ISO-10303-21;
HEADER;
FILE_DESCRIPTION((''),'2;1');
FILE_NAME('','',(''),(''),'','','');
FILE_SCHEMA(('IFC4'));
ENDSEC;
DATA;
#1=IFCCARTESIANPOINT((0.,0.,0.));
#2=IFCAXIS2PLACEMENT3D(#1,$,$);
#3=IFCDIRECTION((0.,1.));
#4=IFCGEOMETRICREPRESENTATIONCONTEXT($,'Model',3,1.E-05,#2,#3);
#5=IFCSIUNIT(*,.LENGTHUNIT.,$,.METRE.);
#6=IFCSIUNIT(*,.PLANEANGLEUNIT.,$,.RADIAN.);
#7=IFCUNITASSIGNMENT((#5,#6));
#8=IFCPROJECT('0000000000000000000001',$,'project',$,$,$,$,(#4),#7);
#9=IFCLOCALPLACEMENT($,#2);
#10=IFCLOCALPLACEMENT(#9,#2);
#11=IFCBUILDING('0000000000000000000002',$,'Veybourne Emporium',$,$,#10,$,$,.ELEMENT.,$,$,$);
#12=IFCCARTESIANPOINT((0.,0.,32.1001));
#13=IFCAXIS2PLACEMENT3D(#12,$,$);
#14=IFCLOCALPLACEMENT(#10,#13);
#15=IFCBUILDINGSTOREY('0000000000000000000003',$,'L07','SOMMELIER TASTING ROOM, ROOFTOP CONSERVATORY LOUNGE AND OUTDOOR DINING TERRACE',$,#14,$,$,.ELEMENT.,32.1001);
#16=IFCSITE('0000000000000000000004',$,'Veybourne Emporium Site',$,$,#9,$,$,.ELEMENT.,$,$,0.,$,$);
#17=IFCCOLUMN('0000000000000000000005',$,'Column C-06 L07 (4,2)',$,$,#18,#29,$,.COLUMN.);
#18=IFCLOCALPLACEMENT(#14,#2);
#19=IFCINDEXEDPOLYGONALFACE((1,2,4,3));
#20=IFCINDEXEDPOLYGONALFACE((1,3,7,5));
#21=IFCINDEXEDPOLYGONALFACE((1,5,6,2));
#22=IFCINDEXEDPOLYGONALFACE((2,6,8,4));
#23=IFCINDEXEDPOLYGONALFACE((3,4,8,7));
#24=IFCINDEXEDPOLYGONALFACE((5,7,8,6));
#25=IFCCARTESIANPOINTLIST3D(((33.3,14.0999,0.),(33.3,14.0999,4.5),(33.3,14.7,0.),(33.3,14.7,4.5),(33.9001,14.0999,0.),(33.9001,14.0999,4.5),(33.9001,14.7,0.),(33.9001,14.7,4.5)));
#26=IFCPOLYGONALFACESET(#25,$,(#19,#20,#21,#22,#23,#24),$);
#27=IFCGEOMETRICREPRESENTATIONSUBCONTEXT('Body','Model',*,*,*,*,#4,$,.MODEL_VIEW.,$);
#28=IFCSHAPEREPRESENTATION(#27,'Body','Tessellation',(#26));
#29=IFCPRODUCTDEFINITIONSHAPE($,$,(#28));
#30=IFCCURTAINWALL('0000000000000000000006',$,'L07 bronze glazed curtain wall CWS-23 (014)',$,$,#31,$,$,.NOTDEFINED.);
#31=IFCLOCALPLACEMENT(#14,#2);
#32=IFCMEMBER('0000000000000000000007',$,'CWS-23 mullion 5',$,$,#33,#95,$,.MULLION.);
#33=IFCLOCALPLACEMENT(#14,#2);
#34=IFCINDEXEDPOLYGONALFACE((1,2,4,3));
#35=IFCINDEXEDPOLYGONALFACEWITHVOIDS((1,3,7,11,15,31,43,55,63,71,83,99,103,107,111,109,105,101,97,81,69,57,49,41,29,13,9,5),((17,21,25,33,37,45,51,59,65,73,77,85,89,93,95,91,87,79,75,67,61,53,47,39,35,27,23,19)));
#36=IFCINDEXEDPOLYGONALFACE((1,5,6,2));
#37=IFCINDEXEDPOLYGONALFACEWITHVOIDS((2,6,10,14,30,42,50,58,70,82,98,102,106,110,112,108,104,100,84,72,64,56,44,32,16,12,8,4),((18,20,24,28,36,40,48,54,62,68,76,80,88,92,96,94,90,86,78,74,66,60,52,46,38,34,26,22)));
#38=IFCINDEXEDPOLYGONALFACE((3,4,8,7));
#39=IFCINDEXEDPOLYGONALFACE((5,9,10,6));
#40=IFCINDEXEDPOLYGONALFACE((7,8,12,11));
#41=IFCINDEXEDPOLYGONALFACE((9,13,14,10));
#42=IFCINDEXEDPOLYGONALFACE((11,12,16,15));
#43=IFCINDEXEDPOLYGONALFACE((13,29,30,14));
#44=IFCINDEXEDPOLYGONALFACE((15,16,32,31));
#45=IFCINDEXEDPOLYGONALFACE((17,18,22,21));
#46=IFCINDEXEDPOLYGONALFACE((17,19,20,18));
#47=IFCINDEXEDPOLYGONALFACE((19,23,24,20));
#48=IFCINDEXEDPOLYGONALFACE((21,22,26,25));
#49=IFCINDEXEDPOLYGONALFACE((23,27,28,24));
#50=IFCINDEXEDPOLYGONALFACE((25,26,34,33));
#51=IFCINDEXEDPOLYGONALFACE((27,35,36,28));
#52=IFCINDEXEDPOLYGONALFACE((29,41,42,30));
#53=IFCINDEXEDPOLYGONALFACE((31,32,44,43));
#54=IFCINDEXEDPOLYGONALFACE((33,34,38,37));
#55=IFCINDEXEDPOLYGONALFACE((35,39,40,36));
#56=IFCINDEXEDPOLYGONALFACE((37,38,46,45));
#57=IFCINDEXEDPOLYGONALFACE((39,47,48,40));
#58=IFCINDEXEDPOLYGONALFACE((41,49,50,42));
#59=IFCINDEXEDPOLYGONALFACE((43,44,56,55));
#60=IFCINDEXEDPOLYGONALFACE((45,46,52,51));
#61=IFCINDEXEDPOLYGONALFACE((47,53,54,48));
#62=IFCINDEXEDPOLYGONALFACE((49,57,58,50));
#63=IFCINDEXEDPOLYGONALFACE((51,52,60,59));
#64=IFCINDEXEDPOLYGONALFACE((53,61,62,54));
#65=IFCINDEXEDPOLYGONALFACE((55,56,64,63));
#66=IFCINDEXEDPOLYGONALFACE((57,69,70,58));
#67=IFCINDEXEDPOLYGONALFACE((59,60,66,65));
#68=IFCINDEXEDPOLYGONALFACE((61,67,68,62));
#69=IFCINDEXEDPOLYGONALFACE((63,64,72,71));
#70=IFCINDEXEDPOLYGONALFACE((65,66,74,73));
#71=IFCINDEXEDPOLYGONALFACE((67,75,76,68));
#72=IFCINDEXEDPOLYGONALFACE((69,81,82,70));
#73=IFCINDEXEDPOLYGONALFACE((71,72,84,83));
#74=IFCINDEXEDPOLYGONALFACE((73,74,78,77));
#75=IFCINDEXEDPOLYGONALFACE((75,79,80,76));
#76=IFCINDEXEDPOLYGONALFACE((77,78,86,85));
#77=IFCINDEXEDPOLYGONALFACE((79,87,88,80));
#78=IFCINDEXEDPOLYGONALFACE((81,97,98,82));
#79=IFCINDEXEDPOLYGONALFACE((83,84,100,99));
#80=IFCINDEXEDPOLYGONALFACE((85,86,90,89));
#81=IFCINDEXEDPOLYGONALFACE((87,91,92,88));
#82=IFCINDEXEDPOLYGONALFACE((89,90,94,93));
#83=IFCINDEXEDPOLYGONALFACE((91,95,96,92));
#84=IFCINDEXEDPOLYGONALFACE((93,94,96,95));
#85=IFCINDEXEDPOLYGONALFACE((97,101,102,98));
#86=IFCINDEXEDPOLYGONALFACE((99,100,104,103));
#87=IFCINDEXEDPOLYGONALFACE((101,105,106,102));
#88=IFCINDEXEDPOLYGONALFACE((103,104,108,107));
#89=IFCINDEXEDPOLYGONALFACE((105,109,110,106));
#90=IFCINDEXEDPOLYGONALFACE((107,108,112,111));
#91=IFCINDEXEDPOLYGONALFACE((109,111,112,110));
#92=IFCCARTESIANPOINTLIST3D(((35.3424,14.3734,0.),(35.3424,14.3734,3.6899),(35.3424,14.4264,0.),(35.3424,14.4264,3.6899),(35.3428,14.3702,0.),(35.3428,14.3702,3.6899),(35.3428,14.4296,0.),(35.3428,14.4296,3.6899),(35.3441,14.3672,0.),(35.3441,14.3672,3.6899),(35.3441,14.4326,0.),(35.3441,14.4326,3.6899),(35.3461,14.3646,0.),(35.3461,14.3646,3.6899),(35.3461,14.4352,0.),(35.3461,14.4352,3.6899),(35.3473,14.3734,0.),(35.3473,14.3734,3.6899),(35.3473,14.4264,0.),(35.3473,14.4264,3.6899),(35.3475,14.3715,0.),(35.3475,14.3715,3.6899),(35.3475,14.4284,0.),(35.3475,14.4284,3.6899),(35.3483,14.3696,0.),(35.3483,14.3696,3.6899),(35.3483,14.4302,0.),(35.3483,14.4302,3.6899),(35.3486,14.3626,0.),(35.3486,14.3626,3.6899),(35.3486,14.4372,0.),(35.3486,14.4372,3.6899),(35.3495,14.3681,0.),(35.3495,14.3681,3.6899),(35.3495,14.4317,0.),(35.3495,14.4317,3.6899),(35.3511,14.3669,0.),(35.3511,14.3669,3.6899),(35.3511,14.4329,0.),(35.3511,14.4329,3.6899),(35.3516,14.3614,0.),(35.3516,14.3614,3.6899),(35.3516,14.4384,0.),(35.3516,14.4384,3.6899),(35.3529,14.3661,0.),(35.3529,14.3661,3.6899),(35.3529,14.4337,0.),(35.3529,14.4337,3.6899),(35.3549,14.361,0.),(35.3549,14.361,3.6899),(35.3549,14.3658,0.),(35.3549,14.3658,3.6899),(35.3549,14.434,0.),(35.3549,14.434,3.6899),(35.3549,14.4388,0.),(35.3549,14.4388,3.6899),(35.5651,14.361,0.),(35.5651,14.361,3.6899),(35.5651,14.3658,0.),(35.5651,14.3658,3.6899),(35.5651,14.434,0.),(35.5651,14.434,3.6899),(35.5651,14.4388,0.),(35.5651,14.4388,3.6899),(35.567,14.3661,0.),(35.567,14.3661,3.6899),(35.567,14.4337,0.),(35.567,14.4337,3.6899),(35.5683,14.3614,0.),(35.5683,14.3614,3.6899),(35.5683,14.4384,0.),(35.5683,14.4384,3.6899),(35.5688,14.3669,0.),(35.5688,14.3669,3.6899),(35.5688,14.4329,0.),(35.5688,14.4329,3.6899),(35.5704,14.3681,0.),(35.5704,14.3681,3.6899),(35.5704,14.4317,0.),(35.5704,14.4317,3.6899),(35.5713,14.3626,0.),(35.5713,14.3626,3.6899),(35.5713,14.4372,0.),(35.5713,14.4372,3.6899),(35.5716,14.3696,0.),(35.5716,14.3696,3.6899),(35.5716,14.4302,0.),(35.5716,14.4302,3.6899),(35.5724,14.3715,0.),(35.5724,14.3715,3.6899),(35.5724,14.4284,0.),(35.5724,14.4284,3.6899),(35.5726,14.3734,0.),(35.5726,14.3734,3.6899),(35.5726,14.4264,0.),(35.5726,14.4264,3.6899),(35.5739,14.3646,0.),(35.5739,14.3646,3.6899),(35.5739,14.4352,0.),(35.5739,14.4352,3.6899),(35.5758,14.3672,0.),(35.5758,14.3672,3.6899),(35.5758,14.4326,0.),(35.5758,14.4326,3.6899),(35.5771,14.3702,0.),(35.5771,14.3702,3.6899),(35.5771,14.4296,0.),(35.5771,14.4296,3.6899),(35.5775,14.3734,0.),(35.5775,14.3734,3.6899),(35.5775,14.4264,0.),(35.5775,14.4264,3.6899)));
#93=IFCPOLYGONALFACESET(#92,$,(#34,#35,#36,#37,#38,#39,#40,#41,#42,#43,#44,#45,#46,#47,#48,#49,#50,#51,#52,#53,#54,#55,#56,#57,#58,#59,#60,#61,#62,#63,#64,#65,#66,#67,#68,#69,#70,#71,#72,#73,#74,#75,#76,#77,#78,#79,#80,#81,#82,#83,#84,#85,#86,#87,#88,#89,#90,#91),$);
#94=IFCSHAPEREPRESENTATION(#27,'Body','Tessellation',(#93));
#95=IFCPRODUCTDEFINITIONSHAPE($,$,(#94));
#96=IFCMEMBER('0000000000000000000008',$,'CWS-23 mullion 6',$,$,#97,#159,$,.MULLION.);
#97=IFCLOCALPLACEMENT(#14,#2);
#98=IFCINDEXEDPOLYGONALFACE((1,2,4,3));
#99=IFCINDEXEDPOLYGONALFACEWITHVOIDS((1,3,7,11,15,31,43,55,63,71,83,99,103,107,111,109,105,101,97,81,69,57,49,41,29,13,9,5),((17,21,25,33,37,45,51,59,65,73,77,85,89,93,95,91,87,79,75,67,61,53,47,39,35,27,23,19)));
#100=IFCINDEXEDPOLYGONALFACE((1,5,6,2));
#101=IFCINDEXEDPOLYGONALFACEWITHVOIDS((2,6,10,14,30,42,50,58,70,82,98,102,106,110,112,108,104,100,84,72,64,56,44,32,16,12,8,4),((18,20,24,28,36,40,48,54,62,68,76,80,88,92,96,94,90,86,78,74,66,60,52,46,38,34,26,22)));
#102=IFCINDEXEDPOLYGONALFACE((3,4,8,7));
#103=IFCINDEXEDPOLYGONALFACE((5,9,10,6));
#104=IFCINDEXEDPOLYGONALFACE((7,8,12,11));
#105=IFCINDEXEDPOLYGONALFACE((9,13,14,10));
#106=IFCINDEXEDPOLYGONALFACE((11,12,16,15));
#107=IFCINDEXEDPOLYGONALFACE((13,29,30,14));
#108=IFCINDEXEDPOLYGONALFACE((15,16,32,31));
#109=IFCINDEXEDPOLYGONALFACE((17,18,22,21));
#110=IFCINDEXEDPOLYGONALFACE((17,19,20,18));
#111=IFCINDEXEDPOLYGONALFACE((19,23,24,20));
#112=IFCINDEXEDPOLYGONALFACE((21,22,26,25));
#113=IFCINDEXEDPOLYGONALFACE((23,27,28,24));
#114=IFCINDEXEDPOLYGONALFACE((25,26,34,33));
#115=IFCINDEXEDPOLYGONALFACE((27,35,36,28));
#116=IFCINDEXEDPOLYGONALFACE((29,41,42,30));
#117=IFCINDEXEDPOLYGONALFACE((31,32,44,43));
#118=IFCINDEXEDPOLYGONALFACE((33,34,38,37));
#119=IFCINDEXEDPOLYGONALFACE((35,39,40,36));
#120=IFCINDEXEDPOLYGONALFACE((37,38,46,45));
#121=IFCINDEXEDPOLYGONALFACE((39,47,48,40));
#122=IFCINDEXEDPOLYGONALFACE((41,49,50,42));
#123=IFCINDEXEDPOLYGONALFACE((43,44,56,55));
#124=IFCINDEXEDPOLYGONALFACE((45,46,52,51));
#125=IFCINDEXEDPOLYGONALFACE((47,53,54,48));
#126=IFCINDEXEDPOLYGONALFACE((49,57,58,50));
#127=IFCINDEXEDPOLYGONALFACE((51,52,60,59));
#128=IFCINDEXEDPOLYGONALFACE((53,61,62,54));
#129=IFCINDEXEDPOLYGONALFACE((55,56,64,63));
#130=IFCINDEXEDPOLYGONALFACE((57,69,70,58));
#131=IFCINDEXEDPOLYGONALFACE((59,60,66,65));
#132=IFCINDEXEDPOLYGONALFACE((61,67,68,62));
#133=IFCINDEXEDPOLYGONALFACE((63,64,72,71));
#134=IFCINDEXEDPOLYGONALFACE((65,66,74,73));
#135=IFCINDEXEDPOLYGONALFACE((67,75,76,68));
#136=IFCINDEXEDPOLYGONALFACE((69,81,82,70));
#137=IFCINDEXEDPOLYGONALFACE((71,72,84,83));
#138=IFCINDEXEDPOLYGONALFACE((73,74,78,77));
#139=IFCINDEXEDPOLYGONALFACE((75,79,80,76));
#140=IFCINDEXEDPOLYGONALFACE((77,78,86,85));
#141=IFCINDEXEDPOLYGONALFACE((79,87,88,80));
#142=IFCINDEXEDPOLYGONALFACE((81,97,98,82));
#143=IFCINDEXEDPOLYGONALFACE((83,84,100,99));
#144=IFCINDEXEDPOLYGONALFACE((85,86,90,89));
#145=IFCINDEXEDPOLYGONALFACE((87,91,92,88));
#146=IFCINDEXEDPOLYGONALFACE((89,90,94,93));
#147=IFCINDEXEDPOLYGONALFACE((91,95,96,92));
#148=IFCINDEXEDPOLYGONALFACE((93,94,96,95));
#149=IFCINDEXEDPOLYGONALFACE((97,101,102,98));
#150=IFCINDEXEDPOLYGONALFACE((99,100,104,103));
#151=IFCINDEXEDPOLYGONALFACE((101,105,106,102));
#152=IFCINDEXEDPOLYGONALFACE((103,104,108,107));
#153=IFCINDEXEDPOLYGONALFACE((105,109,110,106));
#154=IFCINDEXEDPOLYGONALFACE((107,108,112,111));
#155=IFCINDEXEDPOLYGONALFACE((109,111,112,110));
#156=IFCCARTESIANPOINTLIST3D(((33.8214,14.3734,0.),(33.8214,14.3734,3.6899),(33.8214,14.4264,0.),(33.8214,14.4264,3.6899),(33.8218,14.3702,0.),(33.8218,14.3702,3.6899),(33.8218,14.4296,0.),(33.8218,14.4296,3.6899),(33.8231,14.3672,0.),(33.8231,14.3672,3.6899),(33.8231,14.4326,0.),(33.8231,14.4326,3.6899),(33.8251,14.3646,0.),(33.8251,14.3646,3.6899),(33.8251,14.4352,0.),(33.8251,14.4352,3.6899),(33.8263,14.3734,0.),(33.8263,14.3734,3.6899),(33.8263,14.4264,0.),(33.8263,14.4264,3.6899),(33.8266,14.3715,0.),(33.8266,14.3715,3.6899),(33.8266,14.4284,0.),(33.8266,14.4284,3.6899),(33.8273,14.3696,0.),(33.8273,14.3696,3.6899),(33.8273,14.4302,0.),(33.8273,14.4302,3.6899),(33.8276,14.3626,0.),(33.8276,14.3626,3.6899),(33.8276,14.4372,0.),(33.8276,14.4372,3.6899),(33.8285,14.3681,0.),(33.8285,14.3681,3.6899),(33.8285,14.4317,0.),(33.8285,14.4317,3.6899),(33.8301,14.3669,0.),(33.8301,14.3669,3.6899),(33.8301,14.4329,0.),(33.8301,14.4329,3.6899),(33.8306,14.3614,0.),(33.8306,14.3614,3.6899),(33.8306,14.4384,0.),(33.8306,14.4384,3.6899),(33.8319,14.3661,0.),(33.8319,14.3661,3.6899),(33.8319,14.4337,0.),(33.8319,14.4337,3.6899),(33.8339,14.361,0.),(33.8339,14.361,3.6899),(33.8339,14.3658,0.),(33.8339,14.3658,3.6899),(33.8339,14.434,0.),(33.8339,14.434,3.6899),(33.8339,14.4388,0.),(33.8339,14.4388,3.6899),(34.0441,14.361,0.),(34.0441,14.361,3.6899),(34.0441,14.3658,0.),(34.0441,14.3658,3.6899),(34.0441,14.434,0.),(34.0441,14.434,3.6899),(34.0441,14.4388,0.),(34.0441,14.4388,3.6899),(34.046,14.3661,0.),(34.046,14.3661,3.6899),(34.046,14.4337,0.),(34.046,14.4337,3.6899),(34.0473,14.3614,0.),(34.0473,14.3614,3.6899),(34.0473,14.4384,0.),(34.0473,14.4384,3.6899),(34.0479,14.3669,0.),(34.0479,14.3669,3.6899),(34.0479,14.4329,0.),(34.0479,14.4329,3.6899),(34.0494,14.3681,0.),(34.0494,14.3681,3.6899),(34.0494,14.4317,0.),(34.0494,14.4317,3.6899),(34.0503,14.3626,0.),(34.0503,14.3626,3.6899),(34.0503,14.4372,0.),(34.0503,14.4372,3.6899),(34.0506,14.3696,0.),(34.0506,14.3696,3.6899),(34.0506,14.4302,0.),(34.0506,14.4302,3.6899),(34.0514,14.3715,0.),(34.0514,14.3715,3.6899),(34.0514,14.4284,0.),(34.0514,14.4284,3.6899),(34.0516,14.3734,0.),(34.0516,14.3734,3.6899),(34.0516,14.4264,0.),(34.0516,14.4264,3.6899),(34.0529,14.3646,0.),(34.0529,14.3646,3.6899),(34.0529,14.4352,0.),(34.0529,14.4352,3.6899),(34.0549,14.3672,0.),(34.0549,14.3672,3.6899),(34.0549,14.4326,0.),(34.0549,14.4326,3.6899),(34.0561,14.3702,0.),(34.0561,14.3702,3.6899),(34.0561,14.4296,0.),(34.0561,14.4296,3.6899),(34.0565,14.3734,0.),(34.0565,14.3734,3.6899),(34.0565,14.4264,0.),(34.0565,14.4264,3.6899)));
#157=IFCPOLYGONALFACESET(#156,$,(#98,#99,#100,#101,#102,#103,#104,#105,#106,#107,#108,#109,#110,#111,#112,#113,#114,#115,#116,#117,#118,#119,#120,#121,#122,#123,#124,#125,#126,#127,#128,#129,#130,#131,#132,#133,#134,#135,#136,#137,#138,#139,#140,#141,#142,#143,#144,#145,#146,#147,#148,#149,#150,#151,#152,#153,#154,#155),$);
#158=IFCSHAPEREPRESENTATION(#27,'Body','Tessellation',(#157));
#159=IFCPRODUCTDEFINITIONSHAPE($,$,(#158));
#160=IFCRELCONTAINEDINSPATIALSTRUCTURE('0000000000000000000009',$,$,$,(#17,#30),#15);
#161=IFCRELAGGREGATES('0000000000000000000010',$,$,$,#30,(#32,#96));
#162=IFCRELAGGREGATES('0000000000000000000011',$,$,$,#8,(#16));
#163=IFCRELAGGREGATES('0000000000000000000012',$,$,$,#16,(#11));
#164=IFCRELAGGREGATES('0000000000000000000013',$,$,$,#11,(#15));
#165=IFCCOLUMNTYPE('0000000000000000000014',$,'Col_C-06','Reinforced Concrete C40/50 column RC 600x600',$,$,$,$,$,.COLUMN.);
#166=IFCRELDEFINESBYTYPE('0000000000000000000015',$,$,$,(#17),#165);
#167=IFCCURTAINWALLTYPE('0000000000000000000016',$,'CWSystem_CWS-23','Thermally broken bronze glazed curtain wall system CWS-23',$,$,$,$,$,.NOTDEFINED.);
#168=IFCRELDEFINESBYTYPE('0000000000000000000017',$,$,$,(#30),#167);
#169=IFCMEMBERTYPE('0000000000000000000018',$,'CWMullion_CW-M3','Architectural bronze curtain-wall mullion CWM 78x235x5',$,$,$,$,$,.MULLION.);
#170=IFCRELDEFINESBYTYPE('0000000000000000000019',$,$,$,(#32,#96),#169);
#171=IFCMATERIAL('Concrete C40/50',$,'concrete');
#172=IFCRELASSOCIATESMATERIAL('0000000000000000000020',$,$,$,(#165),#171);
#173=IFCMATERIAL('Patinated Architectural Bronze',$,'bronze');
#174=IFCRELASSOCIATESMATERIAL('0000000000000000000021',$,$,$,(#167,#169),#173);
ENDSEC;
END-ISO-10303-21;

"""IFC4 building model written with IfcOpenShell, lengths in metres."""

from ifc_helpers import new_model, si_unit, direction, frame, origin, origin_2d, place, context, subcontext, project, spatial, rectangle, hollow_rectangle, extrude, material, material_profile, profile_set, type_object, element, aggregate, save


model = new_model("IFC4")

# Units and contexts
model_context = context("Model", 3, precision=1e-05, world=origin(), true_north=direction((0.0, 1.0)))
body_context = subcontext(model_context, "Body", "Model", "MODEL_VIEW")
ifc_project = project(units=[si_unit("LENGTHUNIT", "METRE"), si_unit("PLANEANGLEUNIT", "RADIAN")], contexts=[model_context])

# Site, building, storey
site_placement = place(None, origin())
site = spatial("IfcSite", under=ifc_project, at=site_placement, Name="Veybourne Emporium Site", CompositionType="ELEMENT", RefElevation=0.0)
building_placement = place(site_placement, origin())
building = spatial("IfcBuilding", under=site, at=building_placement, Name="Veybourne Emporium", CompositionType="ELEMENT")
storey_placement = place(building_placement, frame((0.0, 0.0, 32.1001)))
storey = spatial("IfcBuildingStorey", under=building, at=storey_placement, Name="L07", Description="SOMMELIER TASTING ROOM, ROOFTOP CONSERVATORY LOUNGE AND OUTDOOR DINING TERRACE", CompositionType="ELEMENT", Elevation=32.1001)

# Column
ifc_material_1 = material(Name="Concrete C40/50", Category="concrete")
ifc_material_profile_1 = material_profile(ifc_material_1, rectangle(XDim=0.6001, YDim=0.6001, at=origin_2d()), Name="RC 600x600")
ifc_profile_set_1 = profile_set([ifc_material_profile_1], Name="Concrete C40/50")
column_type = type_object("IfcColumnType", Name="Col_C-06", Description="Reinforced Concrete C40/50 column RC 600x600", PredefinedType="COLUMN", material=ifc_profile_set_1)
column_placement = place(storey_placement, frame((33.6001, 14.3999, 0.0), z_axis=(0.0, 0.0, 1.0), x_axis=(1.0, 0.0, 0.0)))
element("IfcColumn", 1, at=column_placement, inside=storey, type_object=column_type, Name="Column C-06 L07 (4,2)", PredefinedType="COLUMN", context=body_context, shape_type="SweptSolid", body=[
    extrude(rectangle(XDim=0.6001, YDim=0.6001, at=origin_2d()), origin(), (0.0, 0.0, 1.0), 4.5),
])

# Curtain wall, members
ifc_material_2 = material(Name="Patinated Architectural Bronze", Category="bronze")
curtain_wall_type = type_object("IfcCurtainWallType", Name="CWSystem_CWS-23", Description="Thermally broken bronze glazed curtain wall system CWS-23", PredefinedType="NOTDEFINED", material=ifc_material_2)
curtain_wall_placement = place(storey_placement, origin())
curtain_wall = element("IfcCurtainWall", 2, at=curtain_wall_placement, inside=storey, type_object=curtain_wall_type, Name="L07 bronze glazed curtain wall CWS-23 (014)", PredefinedType="NOTDEFINED")
ifc_material_profile_2 = material_profile(ifc_material_2, hollow_rectangle(XDim=0.0779, YDim=0.2351, WallThickness=0.0049, InnerFilletRadius=0.0076, OuterFilletRadius=0.0125, at=origin_2d()), Name="CWM 78x235x5")
ifc_profile_set_2 = profile_set([ifc_material_profile_2], Name="Patinated Architectural Bronze")
member_type_1 = type_object("IfcMemberType", Name="CWMullion_CW-M3", Description="Architectural bronze curtain-wall mullion CWM 78x235x5", PredefinedType="MULLION", material=ifc_profile_set_2)
member_1_placement = place(storey_placement, frame((35.46, 14.3999, 0.0), z_axis=(0.0, 0.0, 1.0), x_axis=(0.0, -1.0, 0.0)))
member_1 = element("IfcMember", 3, at=member_1_placement, type_object=member_type_1, Name="CWS-23 mullion 5", PredefinedType="MULLION", context=body_context, shape_type="SweptSolid", body=[
    extrude(hollow_rectangle(XDim=0.0779, YDim=0.2351, WallThickness=0.0049, InnerFilletRadius=0.0076, OuterFilletRadius=0.0125, at=origin_2d()), origin(), (0.0, 0.0, 1.0), 3.6899),
])
member_2_placement = place(storey_placement, frame((33.939, 14.3999, 0.0), z_axis=(0.0, 0.0, 1.0), x_axis=(0.0, -1.0, 0.0)))
member_2 = element("IfcMember", 4, at=member_2_placement, type_object=member_type_1, Name="CWS-23 mullion 6", PredefinedType="MULLION", context=body_context, shape_type="SweptSolid", body=[
    extrude(hollow_rectangle(XDim=0.0779, YDim=0.2351, WallThickness=0.0049, InnerFilletRadius=0.0076, OuterFilletRadius=0.0125, at=origin_2d()), origin(), (0.0, 0.0, 1.0), 3.6899),
])

aggregate(curtain_wall, [member_1, member_2])

save(model, "model.ifc")
